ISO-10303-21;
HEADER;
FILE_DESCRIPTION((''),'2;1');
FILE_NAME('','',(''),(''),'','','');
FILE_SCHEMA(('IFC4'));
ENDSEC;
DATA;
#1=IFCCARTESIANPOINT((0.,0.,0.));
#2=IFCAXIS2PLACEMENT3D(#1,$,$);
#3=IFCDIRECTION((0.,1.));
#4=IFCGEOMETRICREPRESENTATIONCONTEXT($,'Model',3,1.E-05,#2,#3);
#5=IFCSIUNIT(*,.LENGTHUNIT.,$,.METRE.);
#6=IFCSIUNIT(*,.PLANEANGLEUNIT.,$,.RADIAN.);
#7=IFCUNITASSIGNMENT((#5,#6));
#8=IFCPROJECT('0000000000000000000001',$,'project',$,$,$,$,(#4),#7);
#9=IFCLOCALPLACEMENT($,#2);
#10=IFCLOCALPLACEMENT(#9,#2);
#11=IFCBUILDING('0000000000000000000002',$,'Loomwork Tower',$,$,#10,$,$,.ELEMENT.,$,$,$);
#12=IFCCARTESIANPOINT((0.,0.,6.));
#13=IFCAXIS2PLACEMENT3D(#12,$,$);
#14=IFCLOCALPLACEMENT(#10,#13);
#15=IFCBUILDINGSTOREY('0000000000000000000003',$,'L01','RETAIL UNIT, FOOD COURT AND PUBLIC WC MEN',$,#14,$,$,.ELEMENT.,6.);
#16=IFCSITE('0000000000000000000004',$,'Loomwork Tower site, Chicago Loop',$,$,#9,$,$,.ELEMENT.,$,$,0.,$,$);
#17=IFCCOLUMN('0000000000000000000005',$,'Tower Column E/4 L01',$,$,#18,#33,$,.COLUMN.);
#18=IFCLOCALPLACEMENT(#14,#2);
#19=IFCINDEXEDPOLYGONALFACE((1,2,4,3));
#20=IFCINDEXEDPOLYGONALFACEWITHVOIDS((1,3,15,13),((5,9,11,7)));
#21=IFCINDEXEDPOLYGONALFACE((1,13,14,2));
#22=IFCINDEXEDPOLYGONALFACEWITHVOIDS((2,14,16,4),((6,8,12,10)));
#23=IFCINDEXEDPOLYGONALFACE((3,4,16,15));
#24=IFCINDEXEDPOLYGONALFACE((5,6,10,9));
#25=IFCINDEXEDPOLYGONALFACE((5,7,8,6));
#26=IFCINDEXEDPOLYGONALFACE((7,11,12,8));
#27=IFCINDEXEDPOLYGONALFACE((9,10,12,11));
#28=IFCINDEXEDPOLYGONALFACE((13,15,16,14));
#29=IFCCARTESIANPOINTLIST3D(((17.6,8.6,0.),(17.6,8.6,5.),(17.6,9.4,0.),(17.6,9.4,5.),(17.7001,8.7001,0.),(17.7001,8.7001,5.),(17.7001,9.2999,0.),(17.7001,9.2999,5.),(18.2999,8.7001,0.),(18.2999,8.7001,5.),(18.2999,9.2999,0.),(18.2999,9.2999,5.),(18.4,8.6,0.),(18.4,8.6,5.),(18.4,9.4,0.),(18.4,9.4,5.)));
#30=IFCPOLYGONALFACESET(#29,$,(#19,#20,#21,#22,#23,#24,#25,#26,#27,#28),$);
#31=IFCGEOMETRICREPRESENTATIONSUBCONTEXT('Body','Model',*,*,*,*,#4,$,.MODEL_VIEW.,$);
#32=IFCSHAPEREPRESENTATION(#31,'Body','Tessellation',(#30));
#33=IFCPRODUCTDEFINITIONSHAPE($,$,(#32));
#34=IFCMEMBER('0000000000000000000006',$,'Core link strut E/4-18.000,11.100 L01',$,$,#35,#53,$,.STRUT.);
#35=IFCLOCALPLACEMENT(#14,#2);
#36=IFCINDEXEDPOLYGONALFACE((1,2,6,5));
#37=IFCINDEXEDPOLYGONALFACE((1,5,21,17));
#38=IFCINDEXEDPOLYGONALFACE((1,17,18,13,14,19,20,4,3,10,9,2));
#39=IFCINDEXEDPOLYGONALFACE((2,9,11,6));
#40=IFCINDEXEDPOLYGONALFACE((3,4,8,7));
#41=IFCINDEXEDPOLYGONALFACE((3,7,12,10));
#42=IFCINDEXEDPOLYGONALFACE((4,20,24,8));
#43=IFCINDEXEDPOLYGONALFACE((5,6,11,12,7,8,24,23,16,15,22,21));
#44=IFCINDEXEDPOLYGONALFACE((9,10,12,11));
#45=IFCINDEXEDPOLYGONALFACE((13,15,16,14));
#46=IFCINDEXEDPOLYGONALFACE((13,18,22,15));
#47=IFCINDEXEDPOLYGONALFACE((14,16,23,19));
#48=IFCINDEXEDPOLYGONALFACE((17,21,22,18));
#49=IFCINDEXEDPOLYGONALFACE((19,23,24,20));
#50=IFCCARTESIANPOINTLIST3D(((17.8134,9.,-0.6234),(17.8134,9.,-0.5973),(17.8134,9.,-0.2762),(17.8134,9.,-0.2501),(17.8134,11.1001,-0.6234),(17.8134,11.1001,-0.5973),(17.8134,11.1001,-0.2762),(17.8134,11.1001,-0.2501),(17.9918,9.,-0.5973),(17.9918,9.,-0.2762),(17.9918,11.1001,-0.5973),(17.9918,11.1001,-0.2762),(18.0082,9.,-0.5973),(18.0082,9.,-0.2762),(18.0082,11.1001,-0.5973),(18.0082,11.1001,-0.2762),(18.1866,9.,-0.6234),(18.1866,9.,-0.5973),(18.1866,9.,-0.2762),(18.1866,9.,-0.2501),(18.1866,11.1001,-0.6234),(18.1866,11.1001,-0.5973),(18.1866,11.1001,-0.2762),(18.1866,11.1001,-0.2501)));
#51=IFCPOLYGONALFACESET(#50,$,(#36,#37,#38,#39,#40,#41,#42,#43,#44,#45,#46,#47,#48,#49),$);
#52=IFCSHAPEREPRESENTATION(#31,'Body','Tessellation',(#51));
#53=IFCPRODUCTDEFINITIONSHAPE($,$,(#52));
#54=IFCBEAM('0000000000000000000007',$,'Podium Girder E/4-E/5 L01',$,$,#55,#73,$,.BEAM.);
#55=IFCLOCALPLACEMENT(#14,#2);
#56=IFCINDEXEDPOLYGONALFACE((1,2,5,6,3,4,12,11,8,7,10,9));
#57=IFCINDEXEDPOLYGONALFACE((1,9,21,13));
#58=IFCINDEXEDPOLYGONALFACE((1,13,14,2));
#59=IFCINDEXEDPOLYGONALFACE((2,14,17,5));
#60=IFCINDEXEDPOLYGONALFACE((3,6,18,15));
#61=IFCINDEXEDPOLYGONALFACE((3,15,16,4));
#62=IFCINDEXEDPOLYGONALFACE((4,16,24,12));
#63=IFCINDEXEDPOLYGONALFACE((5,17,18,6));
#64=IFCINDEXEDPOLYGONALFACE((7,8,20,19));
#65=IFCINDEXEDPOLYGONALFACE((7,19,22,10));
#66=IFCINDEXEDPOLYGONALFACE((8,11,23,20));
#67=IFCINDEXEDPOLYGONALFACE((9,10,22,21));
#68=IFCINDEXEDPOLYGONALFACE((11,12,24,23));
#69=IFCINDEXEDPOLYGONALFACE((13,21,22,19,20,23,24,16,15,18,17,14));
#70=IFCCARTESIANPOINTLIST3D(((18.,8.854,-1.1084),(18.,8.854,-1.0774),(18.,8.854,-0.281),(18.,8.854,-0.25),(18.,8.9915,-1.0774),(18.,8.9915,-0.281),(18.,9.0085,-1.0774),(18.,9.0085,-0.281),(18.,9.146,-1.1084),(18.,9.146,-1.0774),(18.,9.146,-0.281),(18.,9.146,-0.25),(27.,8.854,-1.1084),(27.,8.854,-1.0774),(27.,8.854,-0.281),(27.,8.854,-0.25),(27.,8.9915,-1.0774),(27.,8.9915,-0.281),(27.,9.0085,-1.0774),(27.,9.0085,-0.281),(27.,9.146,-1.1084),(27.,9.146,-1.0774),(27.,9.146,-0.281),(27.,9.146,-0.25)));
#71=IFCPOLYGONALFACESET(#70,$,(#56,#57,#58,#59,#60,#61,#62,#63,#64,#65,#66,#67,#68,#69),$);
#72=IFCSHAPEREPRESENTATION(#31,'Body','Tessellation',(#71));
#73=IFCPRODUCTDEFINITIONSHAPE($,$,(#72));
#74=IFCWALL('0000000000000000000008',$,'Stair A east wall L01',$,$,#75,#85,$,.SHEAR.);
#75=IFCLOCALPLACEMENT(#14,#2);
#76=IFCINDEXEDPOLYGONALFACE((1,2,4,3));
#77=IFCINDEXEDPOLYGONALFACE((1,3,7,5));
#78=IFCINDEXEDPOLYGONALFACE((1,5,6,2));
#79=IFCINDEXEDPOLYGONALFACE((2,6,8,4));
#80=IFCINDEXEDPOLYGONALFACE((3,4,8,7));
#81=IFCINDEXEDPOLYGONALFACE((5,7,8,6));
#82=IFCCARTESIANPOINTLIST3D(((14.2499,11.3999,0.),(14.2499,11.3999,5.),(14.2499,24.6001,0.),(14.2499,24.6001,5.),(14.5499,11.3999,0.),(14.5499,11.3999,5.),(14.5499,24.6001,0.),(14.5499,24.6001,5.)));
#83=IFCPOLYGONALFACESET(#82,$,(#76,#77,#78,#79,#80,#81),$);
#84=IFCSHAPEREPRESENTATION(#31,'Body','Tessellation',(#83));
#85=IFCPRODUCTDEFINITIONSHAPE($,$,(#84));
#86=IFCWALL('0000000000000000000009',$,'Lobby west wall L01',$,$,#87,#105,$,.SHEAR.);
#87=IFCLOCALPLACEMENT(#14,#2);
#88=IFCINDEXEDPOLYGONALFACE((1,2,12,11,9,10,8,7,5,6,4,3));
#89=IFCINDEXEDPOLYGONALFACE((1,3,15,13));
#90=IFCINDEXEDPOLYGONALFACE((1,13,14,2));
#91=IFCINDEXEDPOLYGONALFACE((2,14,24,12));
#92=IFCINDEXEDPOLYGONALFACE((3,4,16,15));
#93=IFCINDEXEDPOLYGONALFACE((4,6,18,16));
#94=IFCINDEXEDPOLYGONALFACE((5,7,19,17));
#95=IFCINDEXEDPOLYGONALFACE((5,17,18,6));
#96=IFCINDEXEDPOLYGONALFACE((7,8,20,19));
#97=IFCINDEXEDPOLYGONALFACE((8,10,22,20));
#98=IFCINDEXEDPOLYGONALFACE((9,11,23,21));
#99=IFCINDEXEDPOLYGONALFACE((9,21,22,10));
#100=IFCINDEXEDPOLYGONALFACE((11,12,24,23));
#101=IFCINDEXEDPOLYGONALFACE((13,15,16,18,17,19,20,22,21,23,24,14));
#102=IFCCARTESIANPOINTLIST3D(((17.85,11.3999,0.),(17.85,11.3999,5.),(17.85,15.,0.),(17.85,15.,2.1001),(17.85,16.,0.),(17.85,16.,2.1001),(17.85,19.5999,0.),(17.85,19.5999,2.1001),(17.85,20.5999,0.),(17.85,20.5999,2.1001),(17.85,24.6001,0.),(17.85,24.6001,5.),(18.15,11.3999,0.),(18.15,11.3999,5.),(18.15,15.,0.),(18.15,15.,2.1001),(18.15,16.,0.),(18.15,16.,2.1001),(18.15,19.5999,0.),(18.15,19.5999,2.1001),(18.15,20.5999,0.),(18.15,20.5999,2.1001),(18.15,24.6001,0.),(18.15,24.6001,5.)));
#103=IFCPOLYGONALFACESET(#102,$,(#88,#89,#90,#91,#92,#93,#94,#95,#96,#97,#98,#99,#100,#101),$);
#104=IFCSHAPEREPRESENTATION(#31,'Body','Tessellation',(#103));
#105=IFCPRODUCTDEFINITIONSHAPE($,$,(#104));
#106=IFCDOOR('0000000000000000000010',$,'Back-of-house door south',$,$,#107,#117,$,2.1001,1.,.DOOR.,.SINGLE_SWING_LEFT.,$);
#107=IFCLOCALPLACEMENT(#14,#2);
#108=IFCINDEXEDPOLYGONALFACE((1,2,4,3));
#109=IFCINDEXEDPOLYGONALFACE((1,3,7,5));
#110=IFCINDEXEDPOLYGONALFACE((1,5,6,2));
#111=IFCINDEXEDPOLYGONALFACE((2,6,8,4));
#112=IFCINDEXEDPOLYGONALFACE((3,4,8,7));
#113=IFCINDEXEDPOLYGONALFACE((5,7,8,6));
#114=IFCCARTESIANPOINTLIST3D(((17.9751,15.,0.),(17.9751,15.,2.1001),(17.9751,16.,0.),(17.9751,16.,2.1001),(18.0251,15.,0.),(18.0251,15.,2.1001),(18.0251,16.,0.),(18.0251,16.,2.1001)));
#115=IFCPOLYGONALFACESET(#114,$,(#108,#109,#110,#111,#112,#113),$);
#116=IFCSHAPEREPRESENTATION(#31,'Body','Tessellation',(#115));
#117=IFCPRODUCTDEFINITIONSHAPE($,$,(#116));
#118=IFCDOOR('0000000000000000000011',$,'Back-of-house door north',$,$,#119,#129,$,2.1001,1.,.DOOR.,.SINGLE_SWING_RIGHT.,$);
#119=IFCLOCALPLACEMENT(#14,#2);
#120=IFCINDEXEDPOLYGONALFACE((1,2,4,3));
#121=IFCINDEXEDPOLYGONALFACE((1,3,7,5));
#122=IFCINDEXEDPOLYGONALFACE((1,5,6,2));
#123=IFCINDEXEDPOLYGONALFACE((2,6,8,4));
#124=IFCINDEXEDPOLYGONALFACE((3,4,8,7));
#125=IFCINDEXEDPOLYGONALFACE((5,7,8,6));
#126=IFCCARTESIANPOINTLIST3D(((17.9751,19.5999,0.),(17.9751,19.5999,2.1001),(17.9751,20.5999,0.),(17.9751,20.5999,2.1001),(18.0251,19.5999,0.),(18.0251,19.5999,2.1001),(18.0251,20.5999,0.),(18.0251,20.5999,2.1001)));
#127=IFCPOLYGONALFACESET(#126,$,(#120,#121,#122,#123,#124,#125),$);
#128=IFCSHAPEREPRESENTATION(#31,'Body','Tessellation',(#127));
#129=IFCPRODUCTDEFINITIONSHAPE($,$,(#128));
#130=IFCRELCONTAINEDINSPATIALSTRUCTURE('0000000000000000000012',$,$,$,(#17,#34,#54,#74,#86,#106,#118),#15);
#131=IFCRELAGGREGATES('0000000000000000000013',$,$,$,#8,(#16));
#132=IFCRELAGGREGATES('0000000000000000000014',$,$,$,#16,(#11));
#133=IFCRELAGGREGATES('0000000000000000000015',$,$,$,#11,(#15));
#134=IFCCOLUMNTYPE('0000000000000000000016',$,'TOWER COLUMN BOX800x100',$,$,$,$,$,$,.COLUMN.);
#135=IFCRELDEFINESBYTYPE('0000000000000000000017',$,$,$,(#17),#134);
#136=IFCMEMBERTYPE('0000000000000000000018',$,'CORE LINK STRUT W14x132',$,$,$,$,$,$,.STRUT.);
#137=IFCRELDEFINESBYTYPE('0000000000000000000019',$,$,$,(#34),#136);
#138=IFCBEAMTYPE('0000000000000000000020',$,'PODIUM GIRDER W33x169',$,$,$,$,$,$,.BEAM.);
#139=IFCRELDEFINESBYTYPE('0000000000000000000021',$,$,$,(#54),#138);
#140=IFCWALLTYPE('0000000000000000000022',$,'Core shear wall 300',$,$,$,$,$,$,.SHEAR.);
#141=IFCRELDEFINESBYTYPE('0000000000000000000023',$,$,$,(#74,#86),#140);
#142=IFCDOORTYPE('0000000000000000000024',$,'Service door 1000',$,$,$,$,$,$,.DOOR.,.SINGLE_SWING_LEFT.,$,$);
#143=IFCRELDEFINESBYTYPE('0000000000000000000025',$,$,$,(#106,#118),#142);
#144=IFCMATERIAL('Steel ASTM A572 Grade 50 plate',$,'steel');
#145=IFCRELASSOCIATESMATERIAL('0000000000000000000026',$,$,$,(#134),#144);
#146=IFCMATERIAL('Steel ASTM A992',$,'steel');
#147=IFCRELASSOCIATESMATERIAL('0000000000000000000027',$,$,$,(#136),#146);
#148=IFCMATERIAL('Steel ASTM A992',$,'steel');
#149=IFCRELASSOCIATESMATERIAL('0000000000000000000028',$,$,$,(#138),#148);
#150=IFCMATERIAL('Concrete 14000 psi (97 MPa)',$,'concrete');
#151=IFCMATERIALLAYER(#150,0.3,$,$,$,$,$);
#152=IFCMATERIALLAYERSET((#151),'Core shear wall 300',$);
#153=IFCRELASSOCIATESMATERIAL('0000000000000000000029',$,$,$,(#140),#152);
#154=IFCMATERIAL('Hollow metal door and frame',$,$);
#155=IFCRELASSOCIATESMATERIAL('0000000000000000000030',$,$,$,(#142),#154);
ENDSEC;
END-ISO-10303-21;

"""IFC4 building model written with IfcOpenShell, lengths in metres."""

from ifc_helpers import new_model, si_unit, direction, frame, frame_2d, origin, origin_2d, place, context, subcontext, project, spatial, rectangle, hollow_rectangle, i_section, extrude, material, layer, layer_set, material_profile, profile_set, type_object, element, fill, save


model = new_model("IFC4")

# Units and contexts
model_context = context("Model", 3, precision=1e-05, world=origin(), true_north=direction((0.0, 1.0)))
body_context = subcontext(model_context, "Body", "Model", "MODEL_VIEW")
ifc_project = project(units=[si_unit("LENGTHUNIT", "METRE"), si_unit("PLANEANGLEUNIT", "RADIAN")], contexts=[model_context])

# Site, building, storey
site_placement = place(None, origin())
site = spatial("IfcSite", under=ifc_project, at=site_placement, Name="Loomwork Tower site, Chicago Loop", CompositionType="ELEMENT", RefElevation=0.0)
building_placement = place(site_placement, origin())
building = spatial("IfcBuilding", under=site, at=building_placement, Name="Loomwork Tower", CompositionType="ELEMENT")
storey_placement = place(building_placement, frame((0.0, 0.0, 6.0)))
storey = spatial("IfcBuildingStorey", under=building, at=storey_placement, Name="L01", Description="RETAIL UNIT, FOOD COURT AND PUBLIC WC MEN", CompositionType="ELEMENT", Elevation=6.0)

# Column
ifc_material_1 = material(Name="Steel ASTM A572 Grade 50 plate", Category="steel")
ifc_material_profile_1 = material_profile(ifc_material_1, hollow_rectangle(XDim=0.8, YDim=0.8, WallThickness=0.1001, at=origin_2d()), Name="BOX800x100")
ifc_profile_set_1 = profile_set([ifc_material_profile_1], Name="Steel ASTM A572 Grade 50 plate")
column_type = type_object("IfcColumnType", Name="TOWER COLUMN BOX800x100", PredefinedType="COLUMN", material=ifc_profile_set_1)
column_placement = place(storey_placement, frame((18.0, 9.0, 0.0), z_axis=(0.0, 0.0, 1.0), x_axis=(1.0, 0.0, 0.0)))
element("IfcColumn", 1, at=column_placement, inside=storey, type_object=column_type, Name="Tower Column E/4 L01", PredefinedType="COLUMN", context=body_context, shape_type="SweptSolid", body=[
    extrude(hollow_rectangle(XDim=0.8, YDim=0.8, WallThickness=0.1001, at=origin_2d()), origin(), (0.0, 0.0, 1.0), 5.0),
])

# Member
ifc_material_2 = material(Name="Steel ASTM A992", Category="steel")
ifc_material_profile_2 = material_profile(ifc_material_2, i_section(OverallWidth=0.3733, OverallDepth=0.3733, WebThickness=0.0164, FlangeThickness=0.0261, at=origin_2d()), Name="W14x132")
ifc_profile_set_2 = profile_set([ifc_material_profile_2], Name="Steel ASTM A992")
member_type = type_object("IfcMemberType", Name="CORE LINK STRUT W14x132", PredefinedType="STRUT", material=ifc_profile_set_2)
member_placement = place(storey_placement, frame((18.0, 9.0, -0.4368), z_axis=(0.0, 1.0, 0.0), x_axis=(-1.0, 0.0, 0.0)))
element("IfcMember", 2, at=member_placement, inside=storey, type_object=member_type, Name="Core link strut E/4-18.000,11.100 L01", PredefinedType="STRUT", context=body_context, shape_type="SweptSolid", body=[
    extrude(i_section(OverallWidth=0.3733, OverallDepth=0.3733, WebThickness=0.0164, FlangeThickness=0.0261, at=origin_2d()), origin(), (0.0, 0.0, 1.0), 2.1001),
])

# Beam
ifc_material_3 = material(Name="Steel ASTM A992", Category="steel")
ifc_material_profile_3 = material_profile(ifc_material_3, i_section(OverallWidth=0.292, OverallDepth=0.8584, WebThickness=0.0171, FlangeThickness=0.031, at=origin_2d()), Name="W33x169")
ifc_profile_set_3 = profile_set([ifc_material_profile_3], Name="Steel ASTM A992")
beam_type = type_object("IfcBeamType", Name="PODIUM GIRDER W33x169", PredefinedType="BEAM", material=ifc_profile_set_3)
beam_placement = place(storey_placement, frame((18.0, 9.0, -0.6792), z_axis=(1.0, 0.0, 0.0), x_axis=(0.0, 1.0, 0.0)))
element("IfcBeam", 3, at=beam_placement, inside=storey, type_object=beam_type, Name="Podium Girder E/4-E/5 L01", PredefinedType="BEAM", context=body_context, shape_type="SweptSolid", body=[
    extrude(i_section(OverallWidth=0.292, OverallDepth=0.8584, WebThickness=0.0171, FlangeThickness=0.031, at=origin_2d()), origin(), (0.0, 0.0, 1.0), 9.0),
])

# Wall
ifc_material_4 = material(Name="Concrete 14000 psi (97 MPa)", Category="concrete")
ifc_layer_1 = layer(ifc_material_4, 0.3)
ifc_layer_set_1 = layer_set([ifc_layer_1], Name="Core shear wall 300")
wall_type_1 = type_object("IfcWallType", Name="Core shear wall 300", PredefinedType="SHEAR", material=ifc_layer_set_1)
wall_1_placement = place(storey_placement, frame((14.3999, 11.3999, 0.0), z_axis=(0.0, 0.0, 1.0), x_axis=(0.0, 1.0, 0.0)))
element("IfcWall", 4, at=wall_1_placement, inside=storey, type_object=wall_type_1, Name="Stair A east wall L01", PredefinedType="SHEAR", context=body_context, shape_type="SweptSolid", body=[
    extrude(rectangle(XDim=13.2002, YDim=0.3, at=frame_2d((6.6001, 0.0))), origin(), (0.0, 0.0, 1.0), 5.0),
])

# Wall, openings, doors
wall_2_placement = place(storey_placement, frame((18.0, 11.3999, 0.0), z_axis=(0.0, 0.0, 1.0), x_axis=(0.0, 1.0, 0.0)))
wall_2 = element("IfcWall", 5, at=wall_2_placement, inside=storey, type_object=wall_type_1, Name="Lobby west wall L01", PredefinedType="SHEAR", context=body_context, shape_type="SweptSolid", body=[
    extrude(rectangle(XDim=13.2002, YDim=0.3, at=frame_2d((6.6001, 0.0))), origin(), (0.0, 0.0, 1.0), 5.0),
])
opening_1_placement = place(wall_2_placement, frame((3.6001, 0.0, 0.0)))
opening_1 = element("IfcOpeningElement", 6, at=opening_1_placement, cuts=wall_2, PredefinedType="OPENING", context=body_context, shape_type="SweptSolid", body=[
    extrude(rectangle(XDim=1.0, YDim=2.1001, at=frame_2d((0.5, 1.05))), frame((0.0, 0.1599, 0.0), z_axis=(0.0, -1.0, 0.0), x_axis=(1.0, 0.0, 0.0)), (0.0, 0.0, 1.0), 0.3201),
])
opening_2_placement = place(wall_2_placement, frame((8.2, 0.0, 0.0)))
opening_2 = element("IfcOpeningElement", 7, at=opening_2_placement, cuts=wall_2, PredefinedType="OPENING", context=body_context, shape_type="SweptSolid", body=[
    extrude(rectangle(XDim=1.0, YDim=2.1001, at=frame_2d((0.5, 1.05))), frame((0.0, 0.1599, 0.0), z_axis=(0.0, -1.0, 0.0), x_axis=(1.0, 0.0, 0.0)), (0.0, 0.0, 1.0), 0.3201),
])
ifc_material_5 = material(Name="Hollow metal door and frame")
door_type_1 = type_object("IfcDoorType", Name="Service door 1000", OperationType="SINGLE_SWING_LEFT", PredefinedType="DOOR", material=ifc_material_5)
door_1_placement = place(opening_1_placement, origin())
door_1 = element("IfcDoor", 8, at=door_1_placement, inside=storey, type_object=door_type_1, Name="Back-of-house door south", OperationType="SINGLE_SWING_LEFT", OverallHeight=2.1001, OverallWidth=1.0, PredefinedType="DOOR", context=body_context, shape_type="SweptSolid", body=[
    extrude(rectangle(XDim=1.0, YDim=2.1001, at=frame_2d((0.5, 1.05))), frame((0.0, 0.0249, 0.0), z_axis=(0.0, -1.0, 0.0), x_axis=(1.0, 0.0, 0.0)), (0.0, 0.0, 1.0), 0.05),
])
fill(opening_1, door_1)
door_2_placement = place(opening_2_placement, origin())
door_2 = element("IfcDoor", 9, at=door_2_placement, inside=storey, type_object=door_type_1, Name="Back-of-house door north", OperationType="SINGLE_SWING_RIGHT", OverallHeight=2.1001, OverallWidth=1.0, PredefinedType="DOOR", context=body_context, shape_type="SweptSolid", body=[
    extrude(rectangle(XDim=1.0, YDim=2.1001, at=frame_2d((0.5, 1.05))), frame((0.0, 0.0249, 0.0), z_axis=(0.0, -1.0, 0.0), x_axis=(1.0, 0.0, 0.0)), (0.0, 0.0, 1.0), 0.05),
])
fill(opening_2, door_2)

save(model, "model.ifc")
